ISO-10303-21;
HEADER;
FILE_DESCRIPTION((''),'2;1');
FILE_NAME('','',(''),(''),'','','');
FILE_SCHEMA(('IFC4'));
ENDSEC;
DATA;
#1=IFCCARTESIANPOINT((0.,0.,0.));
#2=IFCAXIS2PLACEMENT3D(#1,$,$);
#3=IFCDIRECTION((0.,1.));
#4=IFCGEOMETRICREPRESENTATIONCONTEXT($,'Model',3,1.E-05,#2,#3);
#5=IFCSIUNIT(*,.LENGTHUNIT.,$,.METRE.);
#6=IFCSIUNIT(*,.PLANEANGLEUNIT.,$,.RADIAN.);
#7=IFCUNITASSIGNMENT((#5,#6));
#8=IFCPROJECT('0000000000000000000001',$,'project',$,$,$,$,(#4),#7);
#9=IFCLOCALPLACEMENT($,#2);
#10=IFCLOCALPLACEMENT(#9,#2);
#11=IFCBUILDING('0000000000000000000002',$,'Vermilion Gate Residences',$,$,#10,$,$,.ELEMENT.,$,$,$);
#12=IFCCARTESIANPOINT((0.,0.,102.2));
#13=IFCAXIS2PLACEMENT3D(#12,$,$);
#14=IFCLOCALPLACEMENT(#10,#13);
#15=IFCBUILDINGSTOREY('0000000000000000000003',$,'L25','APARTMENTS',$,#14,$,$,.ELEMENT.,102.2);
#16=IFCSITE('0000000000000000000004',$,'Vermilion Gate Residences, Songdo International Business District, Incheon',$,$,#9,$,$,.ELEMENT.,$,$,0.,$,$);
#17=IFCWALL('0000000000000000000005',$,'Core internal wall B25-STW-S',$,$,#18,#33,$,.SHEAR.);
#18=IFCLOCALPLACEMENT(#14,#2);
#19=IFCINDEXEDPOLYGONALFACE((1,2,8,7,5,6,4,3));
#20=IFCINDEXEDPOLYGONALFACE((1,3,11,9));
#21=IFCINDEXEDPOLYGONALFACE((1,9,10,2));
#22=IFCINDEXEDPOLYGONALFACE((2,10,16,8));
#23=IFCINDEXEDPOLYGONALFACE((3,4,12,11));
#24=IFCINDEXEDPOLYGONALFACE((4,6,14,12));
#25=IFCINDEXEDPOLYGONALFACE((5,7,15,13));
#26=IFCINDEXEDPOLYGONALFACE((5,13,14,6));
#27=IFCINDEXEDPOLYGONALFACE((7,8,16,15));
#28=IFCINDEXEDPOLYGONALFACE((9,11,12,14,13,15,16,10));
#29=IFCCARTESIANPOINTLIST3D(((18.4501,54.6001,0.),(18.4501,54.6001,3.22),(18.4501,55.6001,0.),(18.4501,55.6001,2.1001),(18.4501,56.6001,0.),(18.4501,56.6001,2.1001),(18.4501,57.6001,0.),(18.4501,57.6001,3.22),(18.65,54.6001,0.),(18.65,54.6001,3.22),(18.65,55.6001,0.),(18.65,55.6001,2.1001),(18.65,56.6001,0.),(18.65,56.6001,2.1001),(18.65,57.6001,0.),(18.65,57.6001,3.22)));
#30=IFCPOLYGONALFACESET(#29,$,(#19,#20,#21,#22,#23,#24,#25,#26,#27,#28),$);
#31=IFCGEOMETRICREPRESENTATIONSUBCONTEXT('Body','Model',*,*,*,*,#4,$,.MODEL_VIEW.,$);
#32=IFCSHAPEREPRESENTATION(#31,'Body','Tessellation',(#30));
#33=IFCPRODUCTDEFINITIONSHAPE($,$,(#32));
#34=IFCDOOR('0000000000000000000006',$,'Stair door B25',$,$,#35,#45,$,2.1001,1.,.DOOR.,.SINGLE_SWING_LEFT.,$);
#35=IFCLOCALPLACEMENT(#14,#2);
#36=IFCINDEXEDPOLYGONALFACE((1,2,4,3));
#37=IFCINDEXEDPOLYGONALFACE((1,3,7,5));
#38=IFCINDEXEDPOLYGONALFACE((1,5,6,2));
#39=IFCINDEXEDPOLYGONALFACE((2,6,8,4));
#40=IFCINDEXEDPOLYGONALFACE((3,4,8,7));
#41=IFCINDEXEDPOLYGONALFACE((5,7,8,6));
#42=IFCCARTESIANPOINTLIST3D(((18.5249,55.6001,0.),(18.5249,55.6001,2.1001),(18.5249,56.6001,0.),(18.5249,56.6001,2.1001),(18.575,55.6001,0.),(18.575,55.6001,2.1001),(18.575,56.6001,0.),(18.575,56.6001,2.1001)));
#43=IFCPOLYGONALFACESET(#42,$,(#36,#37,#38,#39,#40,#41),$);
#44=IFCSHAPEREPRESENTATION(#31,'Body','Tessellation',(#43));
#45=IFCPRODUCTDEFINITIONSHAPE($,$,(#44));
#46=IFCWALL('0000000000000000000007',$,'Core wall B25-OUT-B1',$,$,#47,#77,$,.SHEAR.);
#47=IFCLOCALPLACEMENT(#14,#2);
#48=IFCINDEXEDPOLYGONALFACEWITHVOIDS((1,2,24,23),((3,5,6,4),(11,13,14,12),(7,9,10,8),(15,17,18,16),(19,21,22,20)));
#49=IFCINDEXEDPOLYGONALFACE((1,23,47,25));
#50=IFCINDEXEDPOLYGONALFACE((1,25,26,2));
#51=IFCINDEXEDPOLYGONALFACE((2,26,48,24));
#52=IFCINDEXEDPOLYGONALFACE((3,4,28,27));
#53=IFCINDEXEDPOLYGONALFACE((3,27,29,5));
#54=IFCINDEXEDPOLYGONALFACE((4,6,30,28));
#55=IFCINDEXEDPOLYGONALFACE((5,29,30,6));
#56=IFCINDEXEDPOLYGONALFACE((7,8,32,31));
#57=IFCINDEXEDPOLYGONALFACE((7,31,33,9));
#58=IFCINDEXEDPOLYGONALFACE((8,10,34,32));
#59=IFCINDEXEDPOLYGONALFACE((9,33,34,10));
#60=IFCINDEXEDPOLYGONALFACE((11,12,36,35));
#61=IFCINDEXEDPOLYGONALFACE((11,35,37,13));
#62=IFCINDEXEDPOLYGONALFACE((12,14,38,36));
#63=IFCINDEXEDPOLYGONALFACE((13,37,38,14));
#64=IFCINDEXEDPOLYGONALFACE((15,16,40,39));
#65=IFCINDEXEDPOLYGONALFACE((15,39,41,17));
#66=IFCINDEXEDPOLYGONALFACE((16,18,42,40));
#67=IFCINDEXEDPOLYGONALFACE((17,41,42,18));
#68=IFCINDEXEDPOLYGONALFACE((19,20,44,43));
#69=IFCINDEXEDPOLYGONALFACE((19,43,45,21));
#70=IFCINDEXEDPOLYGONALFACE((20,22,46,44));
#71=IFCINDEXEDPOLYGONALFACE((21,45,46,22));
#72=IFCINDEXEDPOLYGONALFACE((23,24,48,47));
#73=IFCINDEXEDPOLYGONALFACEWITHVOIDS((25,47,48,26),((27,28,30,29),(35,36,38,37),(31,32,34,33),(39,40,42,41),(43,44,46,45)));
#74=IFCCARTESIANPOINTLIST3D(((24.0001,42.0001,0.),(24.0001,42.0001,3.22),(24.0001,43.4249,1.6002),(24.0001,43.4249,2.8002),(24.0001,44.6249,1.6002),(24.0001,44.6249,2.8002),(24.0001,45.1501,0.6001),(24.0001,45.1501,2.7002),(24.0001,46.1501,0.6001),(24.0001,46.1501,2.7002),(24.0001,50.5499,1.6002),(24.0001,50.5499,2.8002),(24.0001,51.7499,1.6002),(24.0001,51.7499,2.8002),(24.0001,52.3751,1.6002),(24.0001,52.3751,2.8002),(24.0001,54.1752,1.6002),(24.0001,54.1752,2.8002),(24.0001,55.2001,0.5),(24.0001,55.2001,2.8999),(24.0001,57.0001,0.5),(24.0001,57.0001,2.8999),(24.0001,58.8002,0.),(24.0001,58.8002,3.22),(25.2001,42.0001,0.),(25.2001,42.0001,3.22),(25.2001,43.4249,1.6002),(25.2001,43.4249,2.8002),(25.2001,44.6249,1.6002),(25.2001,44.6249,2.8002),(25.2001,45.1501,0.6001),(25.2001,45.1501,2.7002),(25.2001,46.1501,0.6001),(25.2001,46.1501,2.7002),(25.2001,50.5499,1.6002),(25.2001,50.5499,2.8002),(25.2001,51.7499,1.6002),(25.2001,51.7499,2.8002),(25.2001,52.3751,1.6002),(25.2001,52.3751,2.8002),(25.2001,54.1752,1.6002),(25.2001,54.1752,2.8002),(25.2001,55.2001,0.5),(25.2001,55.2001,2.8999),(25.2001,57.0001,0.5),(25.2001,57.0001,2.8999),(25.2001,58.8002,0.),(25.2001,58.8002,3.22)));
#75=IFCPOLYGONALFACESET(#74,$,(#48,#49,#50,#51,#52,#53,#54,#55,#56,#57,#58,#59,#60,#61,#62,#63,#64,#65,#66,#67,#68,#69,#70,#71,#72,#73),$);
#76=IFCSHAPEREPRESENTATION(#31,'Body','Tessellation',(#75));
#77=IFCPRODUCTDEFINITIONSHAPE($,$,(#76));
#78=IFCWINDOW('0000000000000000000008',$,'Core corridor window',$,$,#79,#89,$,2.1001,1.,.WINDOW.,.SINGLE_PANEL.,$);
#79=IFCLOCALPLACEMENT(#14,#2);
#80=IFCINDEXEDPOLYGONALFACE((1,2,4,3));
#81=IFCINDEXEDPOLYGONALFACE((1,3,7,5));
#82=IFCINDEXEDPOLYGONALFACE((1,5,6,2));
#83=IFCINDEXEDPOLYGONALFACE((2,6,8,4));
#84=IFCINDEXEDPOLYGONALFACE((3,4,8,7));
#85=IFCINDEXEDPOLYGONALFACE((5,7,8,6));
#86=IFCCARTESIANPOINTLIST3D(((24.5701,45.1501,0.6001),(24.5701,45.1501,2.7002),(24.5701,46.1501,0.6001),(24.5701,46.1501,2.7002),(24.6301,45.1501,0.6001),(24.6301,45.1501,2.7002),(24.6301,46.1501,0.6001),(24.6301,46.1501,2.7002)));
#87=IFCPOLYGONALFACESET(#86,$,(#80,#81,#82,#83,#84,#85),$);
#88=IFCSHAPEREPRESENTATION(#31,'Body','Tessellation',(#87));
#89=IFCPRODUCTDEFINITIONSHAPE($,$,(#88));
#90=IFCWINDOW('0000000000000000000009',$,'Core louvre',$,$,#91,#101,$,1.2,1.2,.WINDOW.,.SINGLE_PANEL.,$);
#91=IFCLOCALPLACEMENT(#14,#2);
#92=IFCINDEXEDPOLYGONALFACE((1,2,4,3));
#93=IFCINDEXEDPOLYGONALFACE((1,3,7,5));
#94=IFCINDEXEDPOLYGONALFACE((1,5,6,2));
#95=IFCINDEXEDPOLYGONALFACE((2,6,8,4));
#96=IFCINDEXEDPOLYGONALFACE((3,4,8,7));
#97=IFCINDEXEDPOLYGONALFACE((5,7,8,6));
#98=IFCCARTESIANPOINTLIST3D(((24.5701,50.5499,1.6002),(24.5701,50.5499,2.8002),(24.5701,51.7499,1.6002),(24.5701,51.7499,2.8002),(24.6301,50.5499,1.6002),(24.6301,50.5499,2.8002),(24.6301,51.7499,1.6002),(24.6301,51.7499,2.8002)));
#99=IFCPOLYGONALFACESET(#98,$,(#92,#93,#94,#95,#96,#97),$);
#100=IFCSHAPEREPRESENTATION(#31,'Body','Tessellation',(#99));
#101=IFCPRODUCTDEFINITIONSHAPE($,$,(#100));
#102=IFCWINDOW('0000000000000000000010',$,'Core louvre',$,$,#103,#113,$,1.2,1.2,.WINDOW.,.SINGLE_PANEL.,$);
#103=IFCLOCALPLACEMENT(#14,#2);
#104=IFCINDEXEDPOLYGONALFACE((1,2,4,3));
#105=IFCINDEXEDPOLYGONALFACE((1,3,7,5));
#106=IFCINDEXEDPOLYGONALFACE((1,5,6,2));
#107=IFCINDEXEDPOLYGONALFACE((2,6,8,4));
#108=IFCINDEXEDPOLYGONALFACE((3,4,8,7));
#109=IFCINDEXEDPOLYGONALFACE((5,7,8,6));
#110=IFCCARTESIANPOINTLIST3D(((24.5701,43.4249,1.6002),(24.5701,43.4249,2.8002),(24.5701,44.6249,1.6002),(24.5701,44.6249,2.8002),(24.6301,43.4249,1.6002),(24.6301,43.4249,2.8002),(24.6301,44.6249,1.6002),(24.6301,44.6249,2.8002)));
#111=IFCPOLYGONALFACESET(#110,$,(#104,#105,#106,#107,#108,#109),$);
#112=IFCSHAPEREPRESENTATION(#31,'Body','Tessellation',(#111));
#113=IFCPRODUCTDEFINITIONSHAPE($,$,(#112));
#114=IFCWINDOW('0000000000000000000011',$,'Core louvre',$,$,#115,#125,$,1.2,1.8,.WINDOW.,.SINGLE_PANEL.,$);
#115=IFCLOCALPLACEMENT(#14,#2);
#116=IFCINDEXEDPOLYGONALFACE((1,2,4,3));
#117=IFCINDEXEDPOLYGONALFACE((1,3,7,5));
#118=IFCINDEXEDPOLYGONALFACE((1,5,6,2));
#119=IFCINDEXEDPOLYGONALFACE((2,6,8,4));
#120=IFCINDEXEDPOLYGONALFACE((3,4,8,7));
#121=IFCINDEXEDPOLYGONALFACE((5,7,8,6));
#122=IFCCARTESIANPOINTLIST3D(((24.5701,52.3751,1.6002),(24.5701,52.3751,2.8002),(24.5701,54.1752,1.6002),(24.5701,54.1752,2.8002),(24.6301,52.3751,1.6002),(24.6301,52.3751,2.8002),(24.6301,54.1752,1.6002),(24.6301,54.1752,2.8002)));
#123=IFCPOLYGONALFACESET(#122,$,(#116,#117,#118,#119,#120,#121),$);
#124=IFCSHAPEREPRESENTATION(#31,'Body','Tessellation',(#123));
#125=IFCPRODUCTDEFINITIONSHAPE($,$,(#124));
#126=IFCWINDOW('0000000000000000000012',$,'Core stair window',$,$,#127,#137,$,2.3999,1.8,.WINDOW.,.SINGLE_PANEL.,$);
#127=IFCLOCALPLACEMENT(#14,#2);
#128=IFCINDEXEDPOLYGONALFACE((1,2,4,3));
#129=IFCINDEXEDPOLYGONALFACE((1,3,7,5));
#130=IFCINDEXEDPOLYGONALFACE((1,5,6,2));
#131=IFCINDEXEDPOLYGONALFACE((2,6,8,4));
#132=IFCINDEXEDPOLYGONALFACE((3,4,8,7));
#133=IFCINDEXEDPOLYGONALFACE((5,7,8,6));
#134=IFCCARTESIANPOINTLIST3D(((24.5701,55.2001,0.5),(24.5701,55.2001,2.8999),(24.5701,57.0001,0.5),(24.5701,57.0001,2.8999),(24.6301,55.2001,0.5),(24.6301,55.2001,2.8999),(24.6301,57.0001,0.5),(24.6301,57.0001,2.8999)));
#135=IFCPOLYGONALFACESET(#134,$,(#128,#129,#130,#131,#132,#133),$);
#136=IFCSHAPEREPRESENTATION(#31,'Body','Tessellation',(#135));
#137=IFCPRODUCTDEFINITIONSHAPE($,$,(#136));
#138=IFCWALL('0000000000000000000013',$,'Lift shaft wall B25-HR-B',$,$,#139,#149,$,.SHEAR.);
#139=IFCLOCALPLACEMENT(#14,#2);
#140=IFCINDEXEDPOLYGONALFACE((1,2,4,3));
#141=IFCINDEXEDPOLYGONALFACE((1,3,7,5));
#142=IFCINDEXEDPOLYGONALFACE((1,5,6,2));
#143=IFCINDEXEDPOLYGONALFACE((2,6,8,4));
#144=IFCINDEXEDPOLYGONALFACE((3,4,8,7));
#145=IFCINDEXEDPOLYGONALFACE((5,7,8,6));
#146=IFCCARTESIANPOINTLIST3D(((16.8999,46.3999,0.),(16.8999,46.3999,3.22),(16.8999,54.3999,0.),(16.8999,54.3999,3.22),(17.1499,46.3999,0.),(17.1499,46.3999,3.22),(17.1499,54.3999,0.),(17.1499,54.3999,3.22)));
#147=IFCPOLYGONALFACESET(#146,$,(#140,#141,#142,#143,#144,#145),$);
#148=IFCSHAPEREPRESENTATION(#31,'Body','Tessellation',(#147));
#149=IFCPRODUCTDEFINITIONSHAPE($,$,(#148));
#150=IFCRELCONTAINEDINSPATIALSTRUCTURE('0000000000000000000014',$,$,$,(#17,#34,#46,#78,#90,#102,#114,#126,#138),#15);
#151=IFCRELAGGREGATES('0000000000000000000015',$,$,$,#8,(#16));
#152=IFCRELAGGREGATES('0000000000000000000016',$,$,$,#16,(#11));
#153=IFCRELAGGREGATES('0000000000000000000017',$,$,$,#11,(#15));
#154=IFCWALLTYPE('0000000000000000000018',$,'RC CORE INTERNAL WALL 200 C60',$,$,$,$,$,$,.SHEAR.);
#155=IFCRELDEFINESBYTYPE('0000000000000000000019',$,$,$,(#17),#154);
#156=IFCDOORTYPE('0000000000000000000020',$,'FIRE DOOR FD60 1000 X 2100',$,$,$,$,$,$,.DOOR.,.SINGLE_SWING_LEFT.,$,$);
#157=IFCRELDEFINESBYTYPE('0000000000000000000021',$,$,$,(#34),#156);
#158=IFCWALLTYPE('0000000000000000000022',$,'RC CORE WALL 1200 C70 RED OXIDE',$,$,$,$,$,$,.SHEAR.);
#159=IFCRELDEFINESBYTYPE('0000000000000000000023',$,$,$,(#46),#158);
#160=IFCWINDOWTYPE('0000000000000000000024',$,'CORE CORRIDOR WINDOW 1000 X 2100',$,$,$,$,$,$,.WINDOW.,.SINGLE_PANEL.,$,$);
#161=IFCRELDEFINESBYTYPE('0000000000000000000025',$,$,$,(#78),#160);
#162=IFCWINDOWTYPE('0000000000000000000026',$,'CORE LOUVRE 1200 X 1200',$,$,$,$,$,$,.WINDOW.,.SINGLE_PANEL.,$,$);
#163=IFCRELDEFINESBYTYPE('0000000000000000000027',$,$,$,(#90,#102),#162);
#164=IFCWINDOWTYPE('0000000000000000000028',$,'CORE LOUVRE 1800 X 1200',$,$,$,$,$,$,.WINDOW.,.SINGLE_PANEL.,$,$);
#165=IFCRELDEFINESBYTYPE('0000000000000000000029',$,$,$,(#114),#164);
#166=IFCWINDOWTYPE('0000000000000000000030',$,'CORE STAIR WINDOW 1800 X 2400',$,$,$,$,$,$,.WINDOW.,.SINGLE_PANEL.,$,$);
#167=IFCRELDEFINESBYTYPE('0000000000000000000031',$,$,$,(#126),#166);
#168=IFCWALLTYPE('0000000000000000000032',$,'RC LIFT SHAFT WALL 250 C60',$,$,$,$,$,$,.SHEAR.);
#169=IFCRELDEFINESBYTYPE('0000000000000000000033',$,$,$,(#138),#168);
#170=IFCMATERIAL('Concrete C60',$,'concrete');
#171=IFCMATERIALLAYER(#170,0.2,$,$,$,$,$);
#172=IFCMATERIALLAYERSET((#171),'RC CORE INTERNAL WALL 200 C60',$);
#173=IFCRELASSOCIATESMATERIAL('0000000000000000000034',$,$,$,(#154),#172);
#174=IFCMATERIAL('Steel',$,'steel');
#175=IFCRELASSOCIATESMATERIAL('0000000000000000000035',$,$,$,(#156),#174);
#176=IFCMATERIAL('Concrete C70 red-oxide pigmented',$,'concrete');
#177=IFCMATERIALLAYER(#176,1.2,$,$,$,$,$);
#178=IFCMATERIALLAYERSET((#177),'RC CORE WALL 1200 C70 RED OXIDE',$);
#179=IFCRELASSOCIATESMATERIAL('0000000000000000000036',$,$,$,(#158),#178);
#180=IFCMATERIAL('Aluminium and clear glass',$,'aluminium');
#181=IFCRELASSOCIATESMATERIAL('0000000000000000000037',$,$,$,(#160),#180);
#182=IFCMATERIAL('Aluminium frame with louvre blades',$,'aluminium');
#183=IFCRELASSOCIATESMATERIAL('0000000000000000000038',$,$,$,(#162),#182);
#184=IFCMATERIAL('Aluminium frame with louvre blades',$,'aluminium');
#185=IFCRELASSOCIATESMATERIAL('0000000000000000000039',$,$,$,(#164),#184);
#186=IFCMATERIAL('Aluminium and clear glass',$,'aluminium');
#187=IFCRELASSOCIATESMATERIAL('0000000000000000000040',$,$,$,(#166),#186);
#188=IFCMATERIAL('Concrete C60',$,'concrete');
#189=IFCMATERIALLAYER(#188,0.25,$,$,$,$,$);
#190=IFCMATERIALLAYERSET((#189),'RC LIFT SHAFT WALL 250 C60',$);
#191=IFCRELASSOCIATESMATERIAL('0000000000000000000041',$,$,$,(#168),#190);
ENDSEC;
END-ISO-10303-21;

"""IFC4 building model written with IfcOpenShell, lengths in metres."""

from ifc_helpers import new_model, si_unit, direction, frame, frame_2d, origin, place, context, subcontext, project, spatial, rectangle, extrude, material, layer, layer_set, type_object, element, fill, save


model = new_model("IFC4")

# Units and contexts
model_context = context("Model", 3, precision=1e-05, world=origin(), true_north=direction((0.0, 1.0)))
body_context = subcontext(model_context, "Body", "Model", "MODEL_VIEW")
ifc_project = project(units=[si_unit("LENGTHUNIT", "METRE"), si_unit("PLANEANGLEUNIT", "RADIAN")], contexts=[model_context])

# Site, building, storey
site_placement = place(None, origin())
site = spatial("IfcSite", under=ifc_project, at=site_placement, Name="Vermilion Gate Residences, Songdo International Business District, Incheon", CompositionType="ELEMENT", RefElevation=0.0)
building_placement = place(site_placement, origin())
building = spatial("IfcBuilding", under=site, at=building_placement, Name="Vermilion Gate Residences", CompositionType="ELEMENT")
storey_placement = place(building_placement, frame((0.0, 0.0, 102.2)))
storey = spatial("IfcBuildingStorey", under=building, at=storey_placement, Name="L25", Description="APARTMENTS", CompositionType="ELEMENT", Elevation=102.2)

# Shared definitions
ifc_material_1 = material(Name="Concrete C60", Category="concrete")
ifc_layer_1 = layer(ifc_material_1, 0.2)
ifc_layer_set_1 = layer_set([ifc_layer_1], Name="RC CORE INTERNAL WALL 200 C60")
wall_type_1 = type_object("IfcWallType", Name="RC CORE INTERNAL WALL 200 C60", PredefinedType="SHEAR", material=ifc_layer_set_1)

# Wall, opening, door
wall_1_placement = place(storey_placement, frame((18.55, 57.6001, 0.0), z_axis=(0.0, 0.0, 1.0), x_axis=(0.0, -1.0, 0.0)))
wall_1 = element("IfcWall", 1, at=wall_1_placement, inside=storey, type_object=wall_type_1, Name="Core internal wall B25-STW-S", PredefinedType="SHEAR", context=body_context, shape_type="SweptSolid", body=[
    extrude(rectangle(XDim=3.0, YDim=0.2, at=frame_2d((1.5, 0.0))), origin(), (0.0, 0.0, 1.0), 3.22),
])
opening_1_placement = place(wall_1_placement, frame((1.0, 0.0, 0.0)))
opening_1 = element("IfcOpeningElement", 2, at=opening_1_placement, cuts=wall_1, PredefinedType="OPENING", context=body_context, shape_type="SweptSolid", body=[
    extrude(rectangle(XDim=1.0, YDim=2.1001, at=frame_2d((0.5, 1.05))), frame((0.0, 0.1099, 0.0), z_axis=(0.0, -1.0, 0.0), x_axis=(1.0, 0.0, 0.0)), (0.0, 0.0, 1.0), 0.22),
])
ifc_material_2 = material(Name="Steel", Category="steel")
door_type_1 = type_object("IfcDoorType", Name="FIRE DOOR FD60 1000 X 2100", OperationType="SINGLE_SWING_LEFT", PredefinedType="DOOR", material=ifc_material_2)
door_1_placement = place(opening_1_placement, origin())
door_1 = element("IfcDoor", 3, at=door_1_placement, inside=storey, type_object=door_type_1, Name="Stair door B25", OperationType="SINGLE_SWING_LEFT", OverallHeight=2.1001, OverallWidth=1.0, PredefinedType="DOOR", context=body_context, shape_type="SweptSolid", body=[
    extrude(rectangle(XDim=1.0, YDim=2.1001, at=frame_2d((0.5, 1.05))), frame((0.0, 0.0249, 0.0), z_axis=(0.0, -1.0, 0.0), x_axis=(1.0, 0.0, 0.0)), (0.0, 0.0, 1.0), 0.05),
])
fill(opening_1, door_1)

# Wall, openings, windows
ifc_material_3 = material(Name="Concrete C70 red-oxide pigmented", Category="concrete")
ifc_layer_2 = layer(ifc_material_3, 1.2)
ifc_layer_set_2 = layer_set([ifc_layer_2], Name="RC CORE WALL 1200 C70 RED OXIDE")
wall_type_2 = type_object("IfcWallType", Name="RC CORE WALL 1200 C70 RED OXIDE", PredefinedType="SHEAR", material=ifc_layer_set_2)
wall_2_placement = place(storey_placement, frame((24.6001, 58.8, 0.0), z_axis=(0.0, 0.0, 1.0), x_axis=(0.0, -1.0, 0.0)))
wall_2 = element("IfcWall", 4, at=wall_2_placement, inside=storey, type_object=wall_type_2, Name="Core wall B25-OUT-B1", PredefinedType="SHEAR", context=body_context, shape_type="SweptSolid", body=[
    extrude(rectangle(XDim=16.8, YDim=1.2, at=frame_2d((8.3999, 0.0))), origin(), (0.0, 0.0, 1.0), 3.22),
])
opening_2_placement = place(wall_2_placement, frame((1.8, 0.0, 0.5)))
opening_2 = element("IfcOpeningElement", 5, at=opening_2_placement, cuts=wall_2, PredefinedType="OPENING", context=body_context, shape_type="SweptSolid", body=[
    extrude(rectangle(XDim=1.8, YDim=2.3999, at=frame_2d((0.8999, 1.2))), frame((0.0, 0.6099, 0.0), z_axis=(0.0, -1.0, 0.0), x_axis=(1.0, 0.0, 0.0)), (0.0, 0.0, 1.0), 1.22),
])
opening_3_placement = place(wall_2_placement, frame((4.625, 0.0, 1.6001)))
opening_3 = element("IfcOpeningElement", 6, at=opening_3_placement, cuts=wall_2, PredefinedType="OPENING", context=body_context, shape_type="SweptSolid", body=[
    extrude(rectangle(XDim=1.8, YDim=1.2, at=frame_2d((0.8999, 0.6001))), frame((0.0, 0.6099, 0.0), z_axis=(0.0, -1.0, 0.0), x_axis=(1.0, 0.0, 0.0)), (0.0, 0.0, 1.0), 1.22),
])
opening_4_placement = place(wall_2_placement, frame((7.05, 0.0, 1.6001)))
opening_4 = element("IfcOpeningElement", 7, at=opening_4_placement, cuts=wall_2, PredefinedType="OPENING", context=body_context, shape_type="SweptSolid", body=[
    extrude(rectangle(XDim=1.2, YDim=1.2, at=frame_2d((0.6001, 0.6001))), frame((0.0, 0.6099, 0.0), z_axis=(0.0, -1.0, 0.0), x_axis=(1.0, 0.0, 0.0)), (0.0, 0.0, 1.0), 1.22),
])
opening_5_placement = place(wall_2_placement, frame((12.6499, 0.0, 0.6001)))
opening_5 = element("IfcOpeningElement", 8, at=opening_5_placement, cuts=wall_2, PredefinedType="OPENING", context=body_context, shape_type="SweptSolid", body=[
    extrude(rectangle(XDim=1.0, YDim=2.1001, at=frame_2d((0.5, 1.05))), frame((0.0, 0.6099, 0.0), z_axis=(0.0, -1.0, 0.0), x_axis=(1.0, 0.0, 0.0)), (0.0, 0.0, 1.0), 1.22),
])
opening_6_placement = place(wall_2_placement, frame((14.175, 0.0, 1.6001)))
opening_6 = element("IfcOpeningElement", 9, at=opening_6_placement, cuts=wall_2, PredefinedType="OPENING", context=body_context, shape_type="SweptSolid", body=[
    extrude(rectangle(XDim=1.2, YDim=1.2, at=frame_2d((0.6001, 0.6001))), frame((0.0, 0.6099, 0.0), z_axis=(0.0, -1.0, 0.0), x_axis=(1.0, 0.0, 0.0)), (0.0, 0.0, 1.0), 1.22),
])
ifc_material_4 = material(Name="Aluminium and clear glass", Category="aluminium")
window_type_1 = type_object("IfcWindowType", Name="CORE CORRIDOR WINDOW 1000 X 2100", PartitioningType="SINGLE_PANEL", PredefinedType="WINDOW", material=ifc_material_4)
window_1_placement = place(opening_5_placement, origin())
window_1 = element("IfcWindow", 10, at=window_1_placement, inside=storey, type_object=window_type_1, Name="Core corridor window", OverallHeight=2.1001, OverallWidth=1.0, PartitioningType="SINGLE_PANEL", PredefinedType="WINDOW", context=body_context, shape_type="SweptSolid", body=[
    extrude(rectangle(XDim=1.0, YDim=2.1001, at=frame_2d((0.5, 1.05))), frame((0.0, 0.03, 0.0), z_axis=(0.0, -1.0, 0.0), x_axis=(1.0, 0.0, 0.0)), (0.0, 0.0, 1.0), 0.0601),
])
fill(opening_5, window_1)
ifc_material_5 = material(Name="Aluminium frame with louvre blades", Category="aluminium")
window_type_2 = type_object("IfcWindowType", Name="CORE LOUVRE 1200 X 1200", PartitioningType="SINGLE_PANEL", PredefinedType="WINDOW", material=ifc_material_5)
window_2_placement = place(opening_4_placement, origin())
window_2 = element("IfcWindow", 11, at=window_2_placement, inside=storey, type_object=window_type_2, Name="Core louvre", OverallHeight=1.2, OverallWidth=1.2, PartitioningType="SINGLE_PANEL", PredefinedType="WINDOW", context=body_context, shape_type="SweptSolid", body=[
    extrude(rectangle(XDim=1.2, YDim=1.2, at=frame_2d((0.6001, 0.6001))), frame((0.0, 0.03, 0.0), z_axis=(0.0, -1.0, 0.0), x_axis=(1.0, 0.0, 0.0)), (0.0, 0.0, 1.0), 0.0601),
])
fill(opening_4, window_2)
window_3_placement = place(opening_6_placement, origin())
window_3 = element("IfcWindow", 12, at=window_3_placement, inside=storey, type_object=window_type_2, Name="Core louvre", OverallHeight=1.2, OverallWidth=1.2, PartitioningType="SINGLE_PANEL", PredefinedType="WINDOW", context=body_context, shape_type="SweptSolid", body=[
    extrude(rectangle(XDim=1.2, YDim=1.2, at=frame_2d((0.6001, 0.6001))), frame((0.0, 0.03, 0.0), z_axis=(0.0, -1.0, 0.0), x_axis=(1.0, 0.0, 0.0)), (0.0, 0.0, 1.0), 0.0601),
])
fill(opening_6, window_3)
ifc_material_6 = material(Name="Aluminium frame with louvre blades", Category="aluminium")
window_type_3 = type_object("IfcWindowType", Name="CORE LOUVRE 1800 X 1200", PartitioningType="SINGLE_PANEL", PredefinedType="WINDOW", material=ifc_material_6)
window_4_placement = place(opening_3_placement, origin())
window_4 = element("IfcWindow", 13, at=window_4_placement, inside=storey, type_object=window_type_3, Name="Core louvre", OverallHeight=1.2, OverallWidth=1.8, PartitioningType="SINGLE_PANEL", PredefinedType="WINDOW", context=body_context, shape_type="SweptSolid", body=[
    extrude(rectangle(XDim=1.8, YDim=1.2, at=frame_2d((0.8999, 0.6001))), frame((0.0, 0.03, 0.0), z_axis=(0.0, -1.0, 0.0), x_axis=(1.0, 0.0, 0.0)), (0.0, 0.0, 1.0), 0.0601),
])
fill(opening_3, window_4)
ifc_material_7 = material(Name="Aluminium and clear glass", Category="aluminium")
window_type_4 = type_object("IfcWindowType", Name="CORE STAIR WINDOW 1800 X 2400", PartitioningType="SINGLE_PANEL", PredefinedType="WINDOW", material=ifc_material_7)
window_5_placement = place(opening_2_placement, origin())
window_5 = element("IfcWindow", 14, at=window_5_placement, inside=storey, type_object=window_type_4, Name="Core stair window", OverallHeight=2.3999, OverallWidth=1.8, PartitioningType="SINGLE_PANEL", PredefinedType="WINDOW", context=body_context, shape_type="SweptSolid", body=[
    extrude(rectangle(XDim=1.8, YDim=2.3999, at=frame_2d((0.8999, 1.2))), frame((0.0, 0.03, 0.0), z_axis=(0.0, -1.0, 0.0), x_axis=(1.0, 0.0, 0.0)), (0.0, 0.0, 1.0), 0.0601),
])
fill(opening_2, window_5)

# Wall
ifc_material_8 = material(Name="Concrete C60", Category="concrete")
ifc_layer_3 = layer(ifc_material_8, 0.25)
ifc_layer_set_3 = layer_set([ifc_layer_3], Name="RC LIFT SHAFT WALL 250 C60")
wall_type_3 = type_object("IfcWallType", Name="RC LIFT SHAFT WALL 250 C60", PredefinedType="SHEAR", material=ifc_layer_set_3)
wall_3_placement = place(storey_placement, frame((17.0249, 54.3999, 0.0), z_axis=(0.0, 0.0, 1.0), x_axis=(0.0, -1.0, 0.0)))
element("IfcWall", 15, at=wall_3_placement, inside=storey, type_object=wall_type_3, Name="Lift shaft wall B25-HR-B", PredefinedType="SHEAR", context=body_context, shape_type="SweptSolid", body=[
    extrude(rectangle(XDim=8.0, YDim=0.25, at=frame_2d((4.0, 0.0))), origin(), (0.0, 0.0, 1.0), 3.22),
])

save(model, "model.ifc")
